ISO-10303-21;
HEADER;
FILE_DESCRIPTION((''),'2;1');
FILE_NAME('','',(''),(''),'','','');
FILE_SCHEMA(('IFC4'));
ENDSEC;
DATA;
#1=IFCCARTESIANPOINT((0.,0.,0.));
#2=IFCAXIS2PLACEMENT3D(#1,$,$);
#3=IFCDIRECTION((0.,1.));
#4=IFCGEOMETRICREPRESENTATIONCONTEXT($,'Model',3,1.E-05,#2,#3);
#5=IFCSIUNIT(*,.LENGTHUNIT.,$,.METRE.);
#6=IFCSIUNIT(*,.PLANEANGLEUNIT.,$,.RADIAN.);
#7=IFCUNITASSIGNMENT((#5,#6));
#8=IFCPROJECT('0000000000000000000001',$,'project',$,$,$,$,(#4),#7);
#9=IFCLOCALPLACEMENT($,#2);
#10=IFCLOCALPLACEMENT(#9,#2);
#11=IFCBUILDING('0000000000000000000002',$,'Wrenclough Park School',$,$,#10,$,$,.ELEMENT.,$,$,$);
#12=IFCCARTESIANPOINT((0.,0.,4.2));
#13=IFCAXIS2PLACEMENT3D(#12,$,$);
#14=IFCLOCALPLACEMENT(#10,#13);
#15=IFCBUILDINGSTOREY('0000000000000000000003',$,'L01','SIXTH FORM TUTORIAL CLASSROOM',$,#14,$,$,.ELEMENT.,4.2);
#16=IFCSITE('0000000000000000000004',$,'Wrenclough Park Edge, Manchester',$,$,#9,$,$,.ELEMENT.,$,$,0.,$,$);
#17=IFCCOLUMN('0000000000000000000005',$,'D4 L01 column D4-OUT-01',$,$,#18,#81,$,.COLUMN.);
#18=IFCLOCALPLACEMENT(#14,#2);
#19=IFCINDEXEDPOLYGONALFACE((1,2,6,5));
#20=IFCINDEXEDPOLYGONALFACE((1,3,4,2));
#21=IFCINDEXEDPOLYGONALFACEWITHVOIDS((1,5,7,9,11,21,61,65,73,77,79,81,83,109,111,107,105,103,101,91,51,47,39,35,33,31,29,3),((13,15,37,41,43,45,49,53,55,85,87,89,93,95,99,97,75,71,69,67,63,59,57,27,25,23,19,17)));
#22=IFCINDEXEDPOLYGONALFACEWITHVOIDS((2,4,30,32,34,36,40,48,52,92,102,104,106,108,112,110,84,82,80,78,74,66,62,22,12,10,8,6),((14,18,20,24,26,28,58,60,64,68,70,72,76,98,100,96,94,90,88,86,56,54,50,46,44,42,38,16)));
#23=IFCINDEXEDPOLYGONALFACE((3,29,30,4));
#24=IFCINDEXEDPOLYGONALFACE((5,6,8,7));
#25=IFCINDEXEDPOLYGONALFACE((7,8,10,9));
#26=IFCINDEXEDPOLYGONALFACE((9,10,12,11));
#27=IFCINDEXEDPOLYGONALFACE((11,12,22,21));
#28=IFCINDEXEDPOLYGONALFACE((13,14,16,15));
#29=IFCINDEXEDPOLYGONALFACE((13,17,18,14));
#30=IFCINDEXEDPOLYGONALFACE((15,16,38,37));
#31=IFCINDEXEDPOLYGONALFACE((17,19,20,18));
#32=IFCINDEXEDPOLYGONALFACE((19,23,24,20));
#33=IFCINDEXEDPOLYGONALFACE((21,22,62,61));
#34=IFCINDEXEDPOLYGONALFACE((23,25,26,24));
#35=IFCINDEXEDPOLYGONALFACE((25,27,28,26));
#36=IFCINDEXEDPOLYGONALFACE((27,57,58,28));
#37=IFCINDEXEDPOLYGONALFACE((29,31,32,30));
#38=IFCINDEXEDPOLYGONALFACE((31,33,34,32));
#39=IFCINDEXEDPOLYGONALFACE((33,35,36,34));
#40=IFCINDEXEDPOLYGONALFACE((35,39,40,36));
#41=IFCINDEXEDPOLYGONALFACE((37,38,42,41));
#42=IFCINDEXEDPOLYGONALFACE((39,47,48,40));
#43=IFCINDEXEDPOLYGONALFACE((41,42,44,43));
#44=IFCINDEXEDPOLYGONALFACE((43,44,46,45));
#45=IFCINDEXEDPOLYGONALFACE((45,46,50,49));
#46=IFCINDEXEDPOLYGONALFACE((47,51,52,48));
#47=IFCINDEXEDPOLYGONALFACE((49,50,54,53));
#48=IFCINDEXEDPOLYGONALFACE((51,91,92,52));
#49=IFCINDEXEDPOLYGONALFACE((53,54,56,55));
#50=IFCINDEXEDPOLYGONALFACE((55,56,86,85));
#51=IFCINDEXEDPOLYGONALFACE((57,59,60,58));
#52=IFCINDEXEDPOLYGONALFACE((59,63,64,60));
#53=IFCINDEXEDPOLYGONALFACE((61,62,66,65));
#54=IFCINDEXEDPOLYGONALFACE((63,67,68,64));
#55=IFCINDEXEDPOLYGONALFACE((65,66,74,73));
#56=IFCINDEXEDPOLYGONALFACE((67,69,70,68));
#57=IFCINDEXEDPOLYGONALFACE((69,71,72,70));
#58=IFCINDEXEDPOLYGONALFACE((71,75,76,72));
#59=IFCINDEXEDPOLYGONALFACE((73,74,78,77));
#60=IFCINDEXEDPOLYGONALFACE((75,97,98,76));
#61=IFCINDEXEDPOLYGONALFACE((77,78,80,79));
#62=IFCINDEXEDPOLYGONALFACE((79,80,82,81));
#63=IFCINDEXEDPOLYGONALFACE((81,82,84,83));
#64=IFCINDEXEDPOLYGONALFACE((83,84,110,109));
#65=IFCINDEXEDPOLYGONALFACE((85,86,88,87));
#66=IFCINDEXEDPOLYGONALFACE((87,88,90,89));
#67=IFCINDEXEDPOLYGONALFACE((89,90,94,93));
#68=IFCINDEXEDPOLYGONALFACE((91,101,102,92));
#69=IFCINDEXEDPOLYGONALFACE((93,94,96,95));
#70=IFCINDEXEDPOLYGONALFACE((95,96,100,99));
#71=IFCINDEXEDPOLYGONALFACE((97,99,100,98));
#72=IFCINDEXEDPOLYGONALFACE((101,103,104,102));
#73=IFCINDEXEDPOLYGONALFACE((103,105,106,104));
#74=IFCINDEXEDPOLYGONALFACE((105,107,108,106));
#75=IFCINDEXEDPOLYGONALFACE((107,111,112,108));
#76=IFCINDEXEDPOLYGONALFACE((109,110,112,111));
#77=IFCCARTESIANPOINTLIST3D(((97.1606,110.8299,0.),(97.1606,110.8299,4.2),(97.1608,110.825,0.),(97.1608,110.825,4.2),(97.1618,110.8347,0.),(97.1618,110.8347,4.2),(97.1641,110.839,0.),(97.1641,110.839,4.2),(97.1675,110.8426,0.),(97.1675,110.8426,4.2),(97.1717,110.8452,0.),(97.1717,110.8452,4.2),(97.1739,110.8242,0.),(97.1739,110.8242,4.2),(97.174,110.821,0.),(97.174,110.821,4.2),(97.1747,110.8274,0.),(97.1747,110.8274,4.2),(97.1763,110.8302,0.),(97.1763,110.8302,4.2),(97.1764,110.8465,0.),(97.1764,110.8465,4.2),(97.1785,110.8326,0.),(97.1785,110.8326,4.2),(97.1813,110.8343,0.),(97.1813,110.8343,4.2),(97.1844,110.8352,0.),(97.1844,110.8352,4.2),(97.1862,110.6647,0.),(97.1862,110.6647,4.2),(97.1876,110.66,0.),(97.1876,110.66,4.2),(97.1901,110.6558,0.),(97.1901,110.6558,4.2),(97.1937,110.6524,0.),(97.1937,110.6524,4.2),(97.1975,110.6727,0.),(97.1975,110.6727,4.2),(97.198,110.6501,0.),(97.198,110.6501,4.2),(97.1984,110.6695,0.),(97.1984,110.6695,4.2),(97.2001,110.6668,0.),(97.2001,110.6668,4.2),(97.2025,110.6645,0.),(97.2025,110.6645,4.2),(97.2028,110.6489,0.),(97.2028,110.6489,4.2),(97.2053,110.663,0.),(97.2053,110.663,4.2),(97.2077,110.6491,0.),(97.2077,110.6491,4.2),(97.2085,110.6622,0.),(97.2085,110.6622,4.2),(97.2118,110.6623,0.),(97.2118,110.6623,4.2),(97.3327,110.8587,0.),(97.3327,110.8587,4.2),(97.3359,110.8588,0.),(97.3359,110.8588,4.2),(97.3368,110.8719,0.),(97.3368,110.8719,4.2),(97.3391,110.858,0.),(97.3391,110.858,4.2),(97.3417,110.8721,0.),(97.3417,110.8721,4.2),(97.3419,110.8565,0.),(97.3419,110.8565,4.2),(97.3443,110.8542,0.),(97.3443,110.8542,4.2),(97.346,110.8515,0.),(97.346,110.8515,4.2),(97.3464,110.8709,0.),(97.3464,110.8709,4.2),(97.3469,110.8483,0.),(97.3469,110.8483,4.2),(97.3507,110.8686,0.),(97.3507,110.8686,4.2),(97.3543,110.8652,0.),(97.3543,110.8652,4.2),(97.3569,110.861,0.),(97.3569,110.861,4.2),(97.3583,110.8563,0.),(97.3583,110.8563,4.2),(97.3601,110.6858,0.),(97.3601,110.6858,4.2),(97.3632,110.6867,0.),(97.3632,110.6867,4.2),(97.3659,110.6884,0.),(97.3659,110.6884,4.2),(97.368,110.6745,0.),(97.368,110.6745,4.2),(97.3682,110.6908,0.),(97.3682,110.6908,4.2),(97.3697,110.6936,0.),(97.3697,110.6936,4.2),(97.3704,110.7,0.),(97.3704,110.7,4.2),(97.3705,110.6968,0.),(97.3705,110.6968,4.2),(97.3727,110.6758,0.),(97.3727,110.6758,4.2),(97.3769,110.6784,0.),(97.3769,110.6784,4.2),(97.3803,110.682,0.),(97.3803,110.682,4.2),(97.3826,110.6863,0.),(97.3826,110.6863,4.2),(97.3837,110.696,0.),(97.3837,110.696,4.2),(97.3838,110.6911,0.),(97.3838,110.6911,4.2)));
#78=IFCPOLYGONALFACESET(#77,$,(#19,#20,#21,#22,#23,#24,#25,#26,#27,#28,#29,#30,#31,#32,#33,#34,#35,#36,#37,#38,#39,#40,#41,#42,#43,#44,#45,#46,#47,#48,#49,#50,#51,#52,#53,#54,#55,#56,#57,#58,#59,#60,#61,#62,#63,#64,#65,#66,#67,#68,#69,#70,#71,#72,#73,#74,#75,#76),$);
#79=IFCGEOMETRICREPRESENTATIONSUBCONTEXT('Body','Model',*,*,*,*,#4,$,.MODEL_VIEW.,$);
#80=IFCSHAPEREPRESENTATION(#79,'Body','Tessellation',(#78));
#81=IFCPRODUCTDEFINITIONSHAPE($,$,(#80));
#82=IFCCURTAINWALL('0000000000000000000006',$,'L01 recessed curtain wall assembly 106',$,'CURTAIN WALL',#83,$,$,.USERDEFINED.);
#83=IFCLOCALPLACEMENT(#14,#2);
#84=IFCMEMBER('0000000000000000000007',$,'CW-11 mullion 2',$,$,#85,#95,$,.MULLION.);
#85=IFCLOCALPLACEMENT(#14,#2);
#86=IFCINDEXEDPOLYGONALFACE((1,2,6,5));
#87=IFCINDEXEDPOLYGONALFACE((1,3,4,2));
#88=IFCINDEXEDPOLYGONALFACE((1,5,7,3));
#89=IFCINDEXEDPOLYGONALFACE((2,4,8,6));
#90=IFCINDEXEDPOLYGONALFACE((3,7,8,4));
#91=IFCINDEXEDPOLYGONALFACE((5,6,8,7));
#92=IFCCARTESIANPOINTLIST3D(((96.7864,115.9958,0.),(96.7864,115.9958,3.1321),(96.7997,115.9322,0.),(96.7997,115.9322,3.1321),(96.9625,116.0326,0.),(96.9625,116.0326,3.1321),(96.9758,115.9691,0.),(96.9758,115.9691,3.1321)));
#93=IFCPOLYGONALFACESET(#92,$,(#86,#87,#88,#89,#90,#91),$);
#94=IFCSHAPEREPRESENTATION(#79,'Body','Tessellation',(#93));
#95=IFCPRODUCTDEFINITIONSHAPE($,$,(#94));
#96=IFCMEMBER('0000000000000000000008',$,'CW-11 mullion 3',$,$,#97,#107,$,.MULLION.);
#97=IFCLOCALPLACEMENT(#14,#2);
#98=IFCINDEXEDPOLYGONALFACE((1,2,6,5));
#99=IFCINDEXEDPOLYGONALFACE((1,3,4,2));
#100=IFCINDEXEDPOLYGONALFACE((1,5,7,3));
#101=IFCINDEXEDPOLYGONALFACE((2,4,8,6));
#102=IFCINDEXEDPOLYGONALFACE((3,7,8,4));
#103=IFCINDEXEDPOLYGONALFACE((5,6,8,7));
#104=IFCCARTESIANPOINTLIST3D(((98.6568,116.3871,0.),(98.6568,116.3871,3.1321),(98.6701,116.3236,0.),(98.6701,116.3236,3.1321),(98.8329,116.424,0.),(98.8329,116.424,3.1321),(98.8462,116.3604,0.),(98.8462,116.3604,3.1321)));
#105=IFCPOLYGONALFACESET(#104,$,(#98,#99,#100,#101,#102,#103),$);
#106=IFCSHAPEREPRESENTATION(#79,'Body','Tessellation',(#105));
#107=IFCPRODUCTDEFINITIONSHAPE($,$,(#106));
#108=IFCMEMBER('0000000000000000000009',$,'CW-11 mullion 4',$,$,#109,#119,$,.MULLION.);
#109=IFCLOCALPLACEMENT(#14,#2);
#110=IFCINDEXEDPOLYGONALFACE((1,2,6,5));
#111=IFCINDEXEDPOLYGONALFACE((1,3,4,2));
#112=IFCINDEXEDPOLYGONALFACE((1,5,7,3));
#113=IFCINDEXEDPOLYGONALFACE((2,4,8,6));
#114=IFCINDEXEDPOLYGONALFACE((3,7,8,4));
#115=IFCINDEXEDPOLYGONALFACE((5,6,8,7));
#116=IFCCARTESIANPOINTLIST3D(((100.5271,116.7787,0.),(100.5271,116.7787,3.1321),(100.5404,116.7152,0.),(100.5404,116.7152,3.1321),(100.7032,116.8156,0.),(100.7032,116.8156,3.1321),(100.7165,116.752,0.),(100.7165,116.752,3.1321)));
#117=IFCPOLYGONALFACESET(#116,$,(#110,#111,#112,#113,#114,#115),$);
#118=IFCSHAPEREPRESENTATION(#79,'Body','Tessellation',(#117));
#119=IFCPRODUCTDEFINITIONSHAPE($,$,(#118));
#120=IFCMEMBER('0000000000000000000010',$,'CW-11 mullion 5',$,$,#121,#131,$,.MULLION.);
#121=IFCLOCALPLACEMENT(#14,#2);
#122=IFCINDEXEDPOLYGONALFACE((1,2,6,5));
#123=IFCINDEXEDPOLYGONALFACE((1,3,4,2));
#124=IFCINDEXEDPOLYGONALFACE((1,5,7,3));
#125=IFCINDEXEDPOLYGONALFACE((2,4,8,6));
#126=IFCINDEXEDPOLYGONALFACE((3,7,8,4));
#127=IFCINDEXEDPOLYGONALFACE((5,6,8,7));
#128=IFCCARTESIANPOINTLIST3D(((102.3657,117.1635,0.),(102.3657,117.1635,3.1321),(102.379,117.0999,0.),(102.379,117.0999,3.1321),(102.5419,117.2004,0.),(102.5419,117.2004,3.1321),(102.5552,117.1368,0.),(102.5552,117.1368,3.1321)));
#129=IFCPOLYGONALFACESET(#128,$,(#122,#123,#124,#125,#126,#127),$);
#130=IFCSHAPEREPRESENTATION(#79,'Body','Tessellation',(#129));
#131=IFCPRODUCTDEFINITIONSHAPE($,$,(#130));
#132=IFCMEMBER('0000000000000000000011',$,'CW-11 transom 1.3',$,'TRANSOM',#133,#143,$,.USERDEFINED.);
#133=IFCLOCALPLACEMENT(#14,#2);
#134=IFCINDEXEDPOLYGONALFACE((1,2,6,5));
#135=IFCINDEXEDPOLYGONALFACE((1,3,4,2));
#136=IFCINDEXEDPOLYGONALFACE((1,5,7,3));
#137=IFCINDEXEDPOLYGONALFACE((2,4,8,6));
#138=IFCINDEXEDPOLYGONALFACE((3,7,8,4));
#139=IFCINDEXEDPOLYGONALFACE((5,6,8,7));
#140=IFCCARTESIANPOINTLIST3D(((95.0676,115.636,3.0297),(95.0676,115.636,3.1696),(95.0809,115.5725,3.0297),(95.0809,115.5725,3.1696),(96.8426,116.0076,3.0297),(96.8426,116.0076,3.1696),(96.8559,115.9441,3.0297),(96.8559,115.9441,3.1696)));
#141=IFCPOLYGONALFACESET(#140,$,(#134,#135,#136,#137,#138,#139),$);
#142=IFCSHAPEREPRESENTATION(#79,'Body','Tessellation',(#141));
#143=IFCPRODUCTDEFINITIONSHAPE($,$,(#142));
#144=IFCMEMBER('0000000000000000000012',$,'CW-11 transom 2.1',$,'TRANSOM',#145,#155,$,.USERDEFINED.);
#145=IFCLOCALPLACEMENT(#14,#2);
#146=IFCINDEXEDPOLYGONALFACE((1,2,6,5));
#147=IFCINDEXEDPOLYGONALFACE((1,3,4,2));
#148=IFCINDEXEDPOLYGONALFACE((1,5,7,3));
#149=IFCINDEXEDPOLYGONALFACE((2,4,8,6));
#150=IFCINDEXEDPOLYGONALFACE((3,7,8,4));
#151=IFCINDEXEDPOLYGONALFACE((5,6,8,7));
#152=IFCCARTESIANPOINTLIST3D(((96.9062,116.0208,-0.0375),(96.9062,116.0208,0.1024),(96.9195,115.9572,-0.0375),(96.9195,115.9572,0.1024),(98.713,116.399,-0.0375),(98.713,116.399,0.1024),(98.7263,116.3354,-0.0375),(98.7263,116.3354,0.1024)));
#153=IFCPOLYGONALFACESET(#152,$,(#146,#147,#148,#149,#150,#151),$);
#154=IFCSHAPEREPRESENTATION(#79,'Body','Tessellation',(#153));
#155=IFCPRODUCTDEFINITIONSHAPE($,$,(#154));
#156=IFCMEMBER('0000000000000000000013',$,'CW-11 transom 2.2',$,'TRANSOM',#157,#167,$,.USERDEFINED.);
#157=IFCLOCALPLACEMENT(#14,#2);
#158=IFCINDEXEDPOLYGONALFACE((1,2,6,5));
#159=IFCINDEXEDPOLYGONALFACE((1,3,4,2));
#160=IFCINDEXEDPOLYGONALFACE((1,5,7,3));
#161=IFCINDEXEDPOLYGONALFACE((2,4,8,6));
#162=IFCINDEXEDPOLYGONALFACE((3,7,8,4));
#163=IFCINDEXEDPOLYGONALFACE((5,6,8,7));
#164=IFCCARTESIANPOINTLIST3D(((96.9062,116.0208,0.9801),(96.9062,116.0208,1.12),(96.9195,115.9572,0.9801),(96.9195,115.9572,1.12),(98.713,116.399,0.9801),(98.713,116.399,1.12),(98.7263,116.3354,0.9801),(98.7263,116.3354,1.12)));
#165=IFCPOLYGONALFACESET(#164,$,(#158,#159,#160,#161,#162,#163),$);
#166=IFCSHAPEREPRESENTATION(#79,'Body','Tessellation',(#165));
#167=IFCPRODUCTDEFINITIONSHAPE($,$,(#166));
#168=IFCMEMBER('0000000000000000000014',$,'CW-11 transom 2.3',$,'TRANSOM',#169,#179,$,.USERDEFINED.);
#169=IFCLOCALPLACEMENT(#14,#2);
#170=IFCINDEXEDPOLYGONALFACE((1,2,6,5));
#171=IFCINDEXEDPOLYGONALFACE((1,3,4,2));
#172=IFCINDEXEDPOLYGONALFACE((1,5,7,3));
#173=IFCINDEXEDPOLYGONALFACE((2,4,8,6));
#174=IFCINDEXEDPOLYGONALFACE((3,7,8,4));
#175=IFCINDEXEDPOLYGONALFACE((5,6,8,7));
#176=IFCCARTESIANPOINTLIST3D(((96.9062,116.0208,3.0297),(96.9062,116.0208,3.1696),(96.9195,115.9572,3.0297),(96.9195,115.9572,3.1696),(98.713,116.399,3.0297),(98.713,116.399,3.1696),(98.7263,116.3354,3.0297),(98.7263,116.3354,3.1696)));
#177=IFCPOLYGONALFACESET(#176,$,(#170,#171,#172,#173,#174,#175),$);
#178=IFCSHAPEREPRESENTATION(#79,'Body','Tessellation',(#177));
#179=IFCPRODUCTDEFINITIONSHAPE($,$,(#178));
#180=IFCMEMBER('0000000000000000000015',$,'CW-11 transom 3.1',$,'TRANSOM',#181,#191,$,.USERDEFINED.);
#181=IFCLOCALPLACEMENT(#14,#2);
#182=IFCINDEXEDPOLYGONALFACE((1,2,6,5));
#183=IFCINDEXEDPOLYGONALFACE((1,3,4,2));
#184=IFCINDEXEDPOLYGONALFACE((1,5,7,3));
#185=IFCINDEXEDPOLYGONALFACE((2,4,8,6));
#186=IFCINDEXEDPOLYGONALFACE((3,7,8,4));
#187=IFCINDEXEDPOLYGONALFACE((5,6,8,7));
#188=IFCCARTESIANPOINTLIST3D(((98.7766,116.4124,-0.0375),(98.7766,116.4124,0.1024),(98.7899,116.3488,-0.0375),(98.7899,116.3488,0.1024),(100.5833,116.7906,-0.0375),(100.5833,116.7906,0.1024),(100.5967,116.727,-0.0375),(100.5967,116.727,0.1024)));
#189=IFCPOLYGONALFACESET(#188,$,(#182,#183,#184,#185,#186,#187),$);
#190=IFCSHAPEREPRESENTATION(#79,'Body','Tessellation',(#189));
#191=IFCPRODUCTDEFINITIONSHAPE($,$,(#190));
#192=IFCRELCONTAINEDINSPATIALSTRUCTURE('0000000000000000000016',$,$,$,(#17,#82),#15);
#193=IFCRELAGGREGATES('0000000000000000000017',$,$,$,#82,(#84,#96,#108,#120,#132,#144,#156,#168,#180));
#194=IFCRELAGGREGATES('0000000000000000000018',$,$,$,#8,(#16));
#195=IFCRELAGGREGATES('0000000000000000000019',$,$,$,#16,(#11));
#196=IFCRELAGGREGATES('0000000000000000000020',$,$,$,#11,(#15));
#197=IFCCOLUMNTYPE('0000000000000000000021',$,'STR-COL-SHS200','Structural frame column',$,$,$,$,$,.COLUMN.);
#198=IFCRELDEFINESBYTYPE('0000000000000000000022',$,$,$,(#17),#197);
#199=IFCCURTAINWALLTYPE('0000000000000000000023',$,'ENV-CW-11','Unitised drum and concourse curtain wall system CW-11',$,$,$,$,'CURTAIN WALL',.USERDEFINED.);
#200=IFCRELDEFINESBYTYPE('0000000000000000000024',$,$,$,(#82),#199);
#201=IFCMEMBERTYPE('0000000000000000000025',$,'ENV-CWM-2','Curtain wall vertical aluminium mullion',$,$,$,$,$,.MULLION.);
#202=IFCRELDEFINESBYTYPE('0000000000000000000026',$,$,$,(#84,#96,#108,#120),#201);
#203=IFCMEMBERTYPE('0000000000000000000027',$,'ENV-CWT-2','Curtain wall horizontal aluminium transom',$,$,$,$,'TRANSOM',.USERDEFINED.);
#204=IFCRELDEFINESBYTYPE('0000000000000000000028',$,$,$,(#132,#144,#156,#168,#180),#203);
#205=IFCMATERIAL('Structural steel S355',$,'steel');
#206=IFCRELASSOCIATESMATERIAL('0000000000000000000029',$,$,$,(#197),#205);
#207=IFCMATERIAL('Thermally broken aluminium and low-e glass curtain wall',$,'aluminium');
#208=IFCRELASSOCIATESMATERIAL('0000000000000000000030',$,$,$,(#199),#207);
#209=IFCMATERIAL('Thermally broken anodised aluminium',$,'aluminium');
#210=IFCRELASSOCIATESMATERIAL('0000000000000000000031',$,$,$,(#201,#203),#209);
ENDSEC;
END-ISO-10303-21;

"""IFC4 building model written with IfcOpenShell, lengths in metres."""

from ifc_helpers import new_model, si_unit, direction, frame, origin, origin_2d, place, context, subcontext, project, spatial, rectangle, hollow_rectangle, extrude, material, material_profile, profile_set, type_object, element, aggregate, save


model = new_model("IFC4")

# Units and contexts
model_context = context("Model", 3, precision=1e-05, world=origin(), true_north=direction((0.0, 1.0)))
body_context = subcontext(model_context, "Body", "Model", "MODEL_VIEW")
ifc_project = project(units=[si_unit("LENGTHUNIT", "METRE"), si_unit("PLANEANGLEUNIT", "RADIAN")], contexts=[model_context])

# Site, building, storey
site_placement = place(None, origin())
site = spatial("IfcSite", under=ifc_project, at=site_placement, Name="Wrenclough Park Edge, Manchester", CompositionType="ELEMENT", RefElevation=0.0)
building_placement = place(site_placement, origin())
building = spatial("IfcBuilding", under=site, at=building_placement, Name="Wrenclough Park School", CompositionType="ELEMENT")
storey_placement = place(building_placement, frame((0.0, 0.0, 4.2)))
storey = spatial("IfcBuildingStorey", under=building, at=storey_placement, Name="L01", Description="SIXTH FORM TUTORIAL CLASSROOM", CompositionType="ELEMENT", Elevation=4.2)

# Column
ifc_material_1 = material(Name="Structural steel S355", Category="steel")
ifc_material_profile_1 = material_profile(ifc_material_1, hollow_rectangle(XDim=0.2, YDim=0.2, WallThickness=0.0125, InnerFilletRadius=0.0125, OuterFilletRadius=0.0188, at=origin_2d()), Name="SHS 200x200x12.5")
ifc_profile_set_1 = profile_set([ifc_material_profile_1], Name="Structural steel S355")
column_type = type_object("IfcColumnType", Name="STR-COL-SHS200", Description="Structural frame column", PredefinedType="COLUMN", material=ifc_profile_set_1)
column_placement = place(storey_placement, frame((97.2722, 110.7605, 0.0), z_axis=(0.0, 0.0, 1.0), x_axis=(-0.156434, 0.987688, 0.0)))
element("IfcColumn", 1, at=column_placement, inside=storey, type_object=column_type, Name="D4 L01 column D4-OUT-01", PredefinedType="COLUMN", context=body_context, shape_type="SweptSolid", body=[
    extrude(hollow_rectangle(XDim=0.2, YDim=0.2, WallThickness=0.0125, InnerFilletRadius=0.0125, OuterFilletRadius=0.0188, at=origin_2d()), origin(), (0.0, 0.0, 1.0), 4.2),
])

# Curtain wall, members
ifc_material_2 = material(Name="Thermally broken aluminium and low-e glass curtain wall", Category="aluminium")
curtain_wall_type = type_object("IfcCurtainWallType", Name="ENV-CW-11", Description="Unitised drum and concourse curtain wall system CW-11", ElementType="CURTAIN WALL", PredefinedType="USERDEFINED", material=ifc_material_2)
curtain_wall_placement = place(storey_placement, origin())
curtain_wall = element("IfcCurtainWall", 2, at=curtain_wall_placement, inside=storey, type_object=curtain_wall_type, Name="L01 recessed curtain wall assembly 106", ObjectType="CURTAIN WALL", PredefinedType="USERDEFINED")
ifc_material_3 = material(Name="Thermally broken anodised aluminium", Category="aluminium")
ifc_material_profile_2 = material_profile(ifc_material_3, rectangle(XDim=0.0649, YDim=0.1799, at=origin_2d()), Name="AL MULLION 65x180")
ifc_profile_set_2 = profile_set([ifc_material_profile_2], Name="Thermally broken anodised aluminium")
member_type_1 = type_object("IfcMemberType", Name="ENV-CWM-2", Description="Curtain wall vertical aluminium mullion", PredefinedType="MULLION", material=ifc_profile_set_2)
member_1_placement = place(storey_placement, frame((96.8811, 115.9824, 0.0), z_axis=(0.0, 0.0, 1.0), x_axis=(-0.204871, 0.978789, 0.0)))
member_1 = element("IfcMember", 3, at=member_1_placement, type_object=member_type_1, Name="CW-11 mullion 2", PredefinedType="MULLION", context=body_context, shape_type="SweptSolid", body=[
    extrude(rectangle(XDim=0.0649, YDim=0.1799, at=origin_2d()), origin(), (0.0, 0.0, 1.0), 3.1321),
])
member_2_placement = place(storey_placement, frame((98.7515, 116.3738, 0.0), z_axis=(0.0, 0.0, 1.0), x_axis=(-0.204871, 0.978789, 0.0)))
member_2 = element("IfcMember", 4, at=member_2_placement, type_object=member_type_1, Name="CW-11 mullion 3", PredefinedType="MULLION", context=body_context, shape_type="SweptSolid", body=[
    extrude(rectangle(XDim=0.0649, YDim=0.1799, at=origin_2d()), origin(), (0.0, 0.0, 1.0), 3.1321),
])
member_3_placement = place(storey_placement, frame((100.6218, 116.7654, 0.0), z_axis=(0.0, 0.0, 1.0), x_axis=(-0.204871, 0.978789, 0.0)))
member_3 = element("IfcMember", 5, at=member_3_placement, type_object=member_type_1, Name="CW-11 mullion 4", PredefinedType="MULLION", context=body_context, shape_type="SweptSolid", body=[
    extrude(rectangle(XDim=0.0649, YDim=0.1799, at=origin_2d()), origin(), (0.0, 0.0, 1.0), 3.1321),
])
member_4_placement = place(storey_placement, frame((102.4604, 117.1501, 0.0), z_axis=(0.0, 0.0, 1.0), x_axis=(-0.204871, 0.978789, 0.0)))
member_4 = element("IfcMember", 6, at=member_4_placement, type_object=member_type_1, Name="CW-11 mullion 5", PredefinedType="MULLION", context=body_context, shape_type="SweptSolid", body=[
    extrude(rectangle(XDim=0.0649, YDim=0.1799, at=origin_2d()), origin(), (0.0, 0.0, 1.0), 3.1321),
])
ifc_material_profile_3 = material_profile(ifc_material_3, rectangle(XDim=0.0649, YDim=0.1399, at=origin_2d()), Name="AL TRANSOM 65x140")
ifc_profile_set_3 = profile_set([ifc_material_profile_3], Name="Thermally broken anodised aluminium")
member_type_2 = type_object("IfcMemberType", Name="ENV-CWT-2", Description="Curtain wall horizontal aluminium transom", ElementType="TRANSOM", PredefinedType="USERDEFINED", material=ifc_profile_set_3)
member_5_placement = place(storey_placement, frame((95.0742, 115.6042, 3.0996), z_axis=(0.978781, 0.204911, 0.0), x_axis=(-0.204911, 0.978781, 0.0)))
member_5 = element("IfcMember", 7, at=member_5_placement, type_object=member_type_2, Name="CW-11 transom 1.3", ObjectType="TRANSOM", PredefinedType="USERDEFINED", context=body_context, shape_type="SweptSolid", body=[
    extrude(rectangle(XDim=0.0649, YDim=0.1399, at=origin_2d()), origin(), (0.0, 0.0, 1.0), 1.8135),
])
member_6_placement = place(storey_placement, frame((96.9128, 115.989, 0.0325), z_axis=(0.978792, 0.204857, 0.0), x_axis=(-0.204857, 0.978792, 0.0)))
member_6 = element("IfcMember", 8, at=member_6_placement, type_object=member_type_2, Name="CW-11 transom 2.1", ObjectType="TRANSOM", PredefinedType="USERDEFINED", context=body_context, shape_type="SweptSolid", body=[
    extrude(rectangle(XDim=0.0649, YDim=0.1399, at=origin_2d()), origin(), (0.0, 0.0, 1.0), 1.8459),
])
member_7_placement = place(storey_placement, frame((96.9128, 115.989, 1.05), z_axis=(0.978792, 0.204857, 0.0), x_axis=(-0.204857, 0.978792, 0.0)))
member_7 = element("IfcMember", 9, at=member_7_placement, type_object=member_type_2, Name="CW-11 transom 2.2", ObjectType="TRANSOM", PredefinedType="USERDEFINED", context=body_context, shape_type="SweptSolid", body=[
    extrude(rectangle(XDim=0.0649, YDim=0.1399, at=origin_2d()), origin(), (0.0, 0.0, 1.0), 1.8459),
])
member_8_placement = place(storey_placement, frame((96.9128, 115.989, 3.0996), z_axis=(0.978792, 0.204857, 0.0), x_axis=(-0.204857, 0.978792, 0.0)))
member_8 = element("IfcMember", 10, at=member_8_placement, type_object=member_type_2, Name="CW-11 transom 2.3", ObjectType="TRANSOM", PredefinedType="USERDEFINED", context=body_context, shape_type="SweptSolid", body=[
    extrude(rectangle(XDim=0.0649, YDim=0.1399, at=origin_2d()), origin(), (0.0, 0.0, 1.0), 1.8459),
])
member_9_placement = place(storey_placement, frame((98.7832, 116.3806, 0.0325), z_axis=(0.978792, 0.204857, 0.0), x_axis=(-0.204857, 0.978792, 0.0)))
member_9 = element("IfcMember", 11, at=member_9_placement, type_object=member_type_2, Name="CW-11 transom 3.1", ObjectType="TRANSOM", PredefinedType="USERDEFINED", context=body_context, shape_type="SweptSolid", body=[
    extrude(rectangle(XDim=0.0649, YDim=0.1399, at=origin_2d()), origin(), (0.0, 0.0, 1.0), 1.8459),
])

aggregate(curtain_wall, [member_1, member_2, member_3, member_4, member_5, member_6, member_7, member_8, member_9])

save(model, "model.ifc")
